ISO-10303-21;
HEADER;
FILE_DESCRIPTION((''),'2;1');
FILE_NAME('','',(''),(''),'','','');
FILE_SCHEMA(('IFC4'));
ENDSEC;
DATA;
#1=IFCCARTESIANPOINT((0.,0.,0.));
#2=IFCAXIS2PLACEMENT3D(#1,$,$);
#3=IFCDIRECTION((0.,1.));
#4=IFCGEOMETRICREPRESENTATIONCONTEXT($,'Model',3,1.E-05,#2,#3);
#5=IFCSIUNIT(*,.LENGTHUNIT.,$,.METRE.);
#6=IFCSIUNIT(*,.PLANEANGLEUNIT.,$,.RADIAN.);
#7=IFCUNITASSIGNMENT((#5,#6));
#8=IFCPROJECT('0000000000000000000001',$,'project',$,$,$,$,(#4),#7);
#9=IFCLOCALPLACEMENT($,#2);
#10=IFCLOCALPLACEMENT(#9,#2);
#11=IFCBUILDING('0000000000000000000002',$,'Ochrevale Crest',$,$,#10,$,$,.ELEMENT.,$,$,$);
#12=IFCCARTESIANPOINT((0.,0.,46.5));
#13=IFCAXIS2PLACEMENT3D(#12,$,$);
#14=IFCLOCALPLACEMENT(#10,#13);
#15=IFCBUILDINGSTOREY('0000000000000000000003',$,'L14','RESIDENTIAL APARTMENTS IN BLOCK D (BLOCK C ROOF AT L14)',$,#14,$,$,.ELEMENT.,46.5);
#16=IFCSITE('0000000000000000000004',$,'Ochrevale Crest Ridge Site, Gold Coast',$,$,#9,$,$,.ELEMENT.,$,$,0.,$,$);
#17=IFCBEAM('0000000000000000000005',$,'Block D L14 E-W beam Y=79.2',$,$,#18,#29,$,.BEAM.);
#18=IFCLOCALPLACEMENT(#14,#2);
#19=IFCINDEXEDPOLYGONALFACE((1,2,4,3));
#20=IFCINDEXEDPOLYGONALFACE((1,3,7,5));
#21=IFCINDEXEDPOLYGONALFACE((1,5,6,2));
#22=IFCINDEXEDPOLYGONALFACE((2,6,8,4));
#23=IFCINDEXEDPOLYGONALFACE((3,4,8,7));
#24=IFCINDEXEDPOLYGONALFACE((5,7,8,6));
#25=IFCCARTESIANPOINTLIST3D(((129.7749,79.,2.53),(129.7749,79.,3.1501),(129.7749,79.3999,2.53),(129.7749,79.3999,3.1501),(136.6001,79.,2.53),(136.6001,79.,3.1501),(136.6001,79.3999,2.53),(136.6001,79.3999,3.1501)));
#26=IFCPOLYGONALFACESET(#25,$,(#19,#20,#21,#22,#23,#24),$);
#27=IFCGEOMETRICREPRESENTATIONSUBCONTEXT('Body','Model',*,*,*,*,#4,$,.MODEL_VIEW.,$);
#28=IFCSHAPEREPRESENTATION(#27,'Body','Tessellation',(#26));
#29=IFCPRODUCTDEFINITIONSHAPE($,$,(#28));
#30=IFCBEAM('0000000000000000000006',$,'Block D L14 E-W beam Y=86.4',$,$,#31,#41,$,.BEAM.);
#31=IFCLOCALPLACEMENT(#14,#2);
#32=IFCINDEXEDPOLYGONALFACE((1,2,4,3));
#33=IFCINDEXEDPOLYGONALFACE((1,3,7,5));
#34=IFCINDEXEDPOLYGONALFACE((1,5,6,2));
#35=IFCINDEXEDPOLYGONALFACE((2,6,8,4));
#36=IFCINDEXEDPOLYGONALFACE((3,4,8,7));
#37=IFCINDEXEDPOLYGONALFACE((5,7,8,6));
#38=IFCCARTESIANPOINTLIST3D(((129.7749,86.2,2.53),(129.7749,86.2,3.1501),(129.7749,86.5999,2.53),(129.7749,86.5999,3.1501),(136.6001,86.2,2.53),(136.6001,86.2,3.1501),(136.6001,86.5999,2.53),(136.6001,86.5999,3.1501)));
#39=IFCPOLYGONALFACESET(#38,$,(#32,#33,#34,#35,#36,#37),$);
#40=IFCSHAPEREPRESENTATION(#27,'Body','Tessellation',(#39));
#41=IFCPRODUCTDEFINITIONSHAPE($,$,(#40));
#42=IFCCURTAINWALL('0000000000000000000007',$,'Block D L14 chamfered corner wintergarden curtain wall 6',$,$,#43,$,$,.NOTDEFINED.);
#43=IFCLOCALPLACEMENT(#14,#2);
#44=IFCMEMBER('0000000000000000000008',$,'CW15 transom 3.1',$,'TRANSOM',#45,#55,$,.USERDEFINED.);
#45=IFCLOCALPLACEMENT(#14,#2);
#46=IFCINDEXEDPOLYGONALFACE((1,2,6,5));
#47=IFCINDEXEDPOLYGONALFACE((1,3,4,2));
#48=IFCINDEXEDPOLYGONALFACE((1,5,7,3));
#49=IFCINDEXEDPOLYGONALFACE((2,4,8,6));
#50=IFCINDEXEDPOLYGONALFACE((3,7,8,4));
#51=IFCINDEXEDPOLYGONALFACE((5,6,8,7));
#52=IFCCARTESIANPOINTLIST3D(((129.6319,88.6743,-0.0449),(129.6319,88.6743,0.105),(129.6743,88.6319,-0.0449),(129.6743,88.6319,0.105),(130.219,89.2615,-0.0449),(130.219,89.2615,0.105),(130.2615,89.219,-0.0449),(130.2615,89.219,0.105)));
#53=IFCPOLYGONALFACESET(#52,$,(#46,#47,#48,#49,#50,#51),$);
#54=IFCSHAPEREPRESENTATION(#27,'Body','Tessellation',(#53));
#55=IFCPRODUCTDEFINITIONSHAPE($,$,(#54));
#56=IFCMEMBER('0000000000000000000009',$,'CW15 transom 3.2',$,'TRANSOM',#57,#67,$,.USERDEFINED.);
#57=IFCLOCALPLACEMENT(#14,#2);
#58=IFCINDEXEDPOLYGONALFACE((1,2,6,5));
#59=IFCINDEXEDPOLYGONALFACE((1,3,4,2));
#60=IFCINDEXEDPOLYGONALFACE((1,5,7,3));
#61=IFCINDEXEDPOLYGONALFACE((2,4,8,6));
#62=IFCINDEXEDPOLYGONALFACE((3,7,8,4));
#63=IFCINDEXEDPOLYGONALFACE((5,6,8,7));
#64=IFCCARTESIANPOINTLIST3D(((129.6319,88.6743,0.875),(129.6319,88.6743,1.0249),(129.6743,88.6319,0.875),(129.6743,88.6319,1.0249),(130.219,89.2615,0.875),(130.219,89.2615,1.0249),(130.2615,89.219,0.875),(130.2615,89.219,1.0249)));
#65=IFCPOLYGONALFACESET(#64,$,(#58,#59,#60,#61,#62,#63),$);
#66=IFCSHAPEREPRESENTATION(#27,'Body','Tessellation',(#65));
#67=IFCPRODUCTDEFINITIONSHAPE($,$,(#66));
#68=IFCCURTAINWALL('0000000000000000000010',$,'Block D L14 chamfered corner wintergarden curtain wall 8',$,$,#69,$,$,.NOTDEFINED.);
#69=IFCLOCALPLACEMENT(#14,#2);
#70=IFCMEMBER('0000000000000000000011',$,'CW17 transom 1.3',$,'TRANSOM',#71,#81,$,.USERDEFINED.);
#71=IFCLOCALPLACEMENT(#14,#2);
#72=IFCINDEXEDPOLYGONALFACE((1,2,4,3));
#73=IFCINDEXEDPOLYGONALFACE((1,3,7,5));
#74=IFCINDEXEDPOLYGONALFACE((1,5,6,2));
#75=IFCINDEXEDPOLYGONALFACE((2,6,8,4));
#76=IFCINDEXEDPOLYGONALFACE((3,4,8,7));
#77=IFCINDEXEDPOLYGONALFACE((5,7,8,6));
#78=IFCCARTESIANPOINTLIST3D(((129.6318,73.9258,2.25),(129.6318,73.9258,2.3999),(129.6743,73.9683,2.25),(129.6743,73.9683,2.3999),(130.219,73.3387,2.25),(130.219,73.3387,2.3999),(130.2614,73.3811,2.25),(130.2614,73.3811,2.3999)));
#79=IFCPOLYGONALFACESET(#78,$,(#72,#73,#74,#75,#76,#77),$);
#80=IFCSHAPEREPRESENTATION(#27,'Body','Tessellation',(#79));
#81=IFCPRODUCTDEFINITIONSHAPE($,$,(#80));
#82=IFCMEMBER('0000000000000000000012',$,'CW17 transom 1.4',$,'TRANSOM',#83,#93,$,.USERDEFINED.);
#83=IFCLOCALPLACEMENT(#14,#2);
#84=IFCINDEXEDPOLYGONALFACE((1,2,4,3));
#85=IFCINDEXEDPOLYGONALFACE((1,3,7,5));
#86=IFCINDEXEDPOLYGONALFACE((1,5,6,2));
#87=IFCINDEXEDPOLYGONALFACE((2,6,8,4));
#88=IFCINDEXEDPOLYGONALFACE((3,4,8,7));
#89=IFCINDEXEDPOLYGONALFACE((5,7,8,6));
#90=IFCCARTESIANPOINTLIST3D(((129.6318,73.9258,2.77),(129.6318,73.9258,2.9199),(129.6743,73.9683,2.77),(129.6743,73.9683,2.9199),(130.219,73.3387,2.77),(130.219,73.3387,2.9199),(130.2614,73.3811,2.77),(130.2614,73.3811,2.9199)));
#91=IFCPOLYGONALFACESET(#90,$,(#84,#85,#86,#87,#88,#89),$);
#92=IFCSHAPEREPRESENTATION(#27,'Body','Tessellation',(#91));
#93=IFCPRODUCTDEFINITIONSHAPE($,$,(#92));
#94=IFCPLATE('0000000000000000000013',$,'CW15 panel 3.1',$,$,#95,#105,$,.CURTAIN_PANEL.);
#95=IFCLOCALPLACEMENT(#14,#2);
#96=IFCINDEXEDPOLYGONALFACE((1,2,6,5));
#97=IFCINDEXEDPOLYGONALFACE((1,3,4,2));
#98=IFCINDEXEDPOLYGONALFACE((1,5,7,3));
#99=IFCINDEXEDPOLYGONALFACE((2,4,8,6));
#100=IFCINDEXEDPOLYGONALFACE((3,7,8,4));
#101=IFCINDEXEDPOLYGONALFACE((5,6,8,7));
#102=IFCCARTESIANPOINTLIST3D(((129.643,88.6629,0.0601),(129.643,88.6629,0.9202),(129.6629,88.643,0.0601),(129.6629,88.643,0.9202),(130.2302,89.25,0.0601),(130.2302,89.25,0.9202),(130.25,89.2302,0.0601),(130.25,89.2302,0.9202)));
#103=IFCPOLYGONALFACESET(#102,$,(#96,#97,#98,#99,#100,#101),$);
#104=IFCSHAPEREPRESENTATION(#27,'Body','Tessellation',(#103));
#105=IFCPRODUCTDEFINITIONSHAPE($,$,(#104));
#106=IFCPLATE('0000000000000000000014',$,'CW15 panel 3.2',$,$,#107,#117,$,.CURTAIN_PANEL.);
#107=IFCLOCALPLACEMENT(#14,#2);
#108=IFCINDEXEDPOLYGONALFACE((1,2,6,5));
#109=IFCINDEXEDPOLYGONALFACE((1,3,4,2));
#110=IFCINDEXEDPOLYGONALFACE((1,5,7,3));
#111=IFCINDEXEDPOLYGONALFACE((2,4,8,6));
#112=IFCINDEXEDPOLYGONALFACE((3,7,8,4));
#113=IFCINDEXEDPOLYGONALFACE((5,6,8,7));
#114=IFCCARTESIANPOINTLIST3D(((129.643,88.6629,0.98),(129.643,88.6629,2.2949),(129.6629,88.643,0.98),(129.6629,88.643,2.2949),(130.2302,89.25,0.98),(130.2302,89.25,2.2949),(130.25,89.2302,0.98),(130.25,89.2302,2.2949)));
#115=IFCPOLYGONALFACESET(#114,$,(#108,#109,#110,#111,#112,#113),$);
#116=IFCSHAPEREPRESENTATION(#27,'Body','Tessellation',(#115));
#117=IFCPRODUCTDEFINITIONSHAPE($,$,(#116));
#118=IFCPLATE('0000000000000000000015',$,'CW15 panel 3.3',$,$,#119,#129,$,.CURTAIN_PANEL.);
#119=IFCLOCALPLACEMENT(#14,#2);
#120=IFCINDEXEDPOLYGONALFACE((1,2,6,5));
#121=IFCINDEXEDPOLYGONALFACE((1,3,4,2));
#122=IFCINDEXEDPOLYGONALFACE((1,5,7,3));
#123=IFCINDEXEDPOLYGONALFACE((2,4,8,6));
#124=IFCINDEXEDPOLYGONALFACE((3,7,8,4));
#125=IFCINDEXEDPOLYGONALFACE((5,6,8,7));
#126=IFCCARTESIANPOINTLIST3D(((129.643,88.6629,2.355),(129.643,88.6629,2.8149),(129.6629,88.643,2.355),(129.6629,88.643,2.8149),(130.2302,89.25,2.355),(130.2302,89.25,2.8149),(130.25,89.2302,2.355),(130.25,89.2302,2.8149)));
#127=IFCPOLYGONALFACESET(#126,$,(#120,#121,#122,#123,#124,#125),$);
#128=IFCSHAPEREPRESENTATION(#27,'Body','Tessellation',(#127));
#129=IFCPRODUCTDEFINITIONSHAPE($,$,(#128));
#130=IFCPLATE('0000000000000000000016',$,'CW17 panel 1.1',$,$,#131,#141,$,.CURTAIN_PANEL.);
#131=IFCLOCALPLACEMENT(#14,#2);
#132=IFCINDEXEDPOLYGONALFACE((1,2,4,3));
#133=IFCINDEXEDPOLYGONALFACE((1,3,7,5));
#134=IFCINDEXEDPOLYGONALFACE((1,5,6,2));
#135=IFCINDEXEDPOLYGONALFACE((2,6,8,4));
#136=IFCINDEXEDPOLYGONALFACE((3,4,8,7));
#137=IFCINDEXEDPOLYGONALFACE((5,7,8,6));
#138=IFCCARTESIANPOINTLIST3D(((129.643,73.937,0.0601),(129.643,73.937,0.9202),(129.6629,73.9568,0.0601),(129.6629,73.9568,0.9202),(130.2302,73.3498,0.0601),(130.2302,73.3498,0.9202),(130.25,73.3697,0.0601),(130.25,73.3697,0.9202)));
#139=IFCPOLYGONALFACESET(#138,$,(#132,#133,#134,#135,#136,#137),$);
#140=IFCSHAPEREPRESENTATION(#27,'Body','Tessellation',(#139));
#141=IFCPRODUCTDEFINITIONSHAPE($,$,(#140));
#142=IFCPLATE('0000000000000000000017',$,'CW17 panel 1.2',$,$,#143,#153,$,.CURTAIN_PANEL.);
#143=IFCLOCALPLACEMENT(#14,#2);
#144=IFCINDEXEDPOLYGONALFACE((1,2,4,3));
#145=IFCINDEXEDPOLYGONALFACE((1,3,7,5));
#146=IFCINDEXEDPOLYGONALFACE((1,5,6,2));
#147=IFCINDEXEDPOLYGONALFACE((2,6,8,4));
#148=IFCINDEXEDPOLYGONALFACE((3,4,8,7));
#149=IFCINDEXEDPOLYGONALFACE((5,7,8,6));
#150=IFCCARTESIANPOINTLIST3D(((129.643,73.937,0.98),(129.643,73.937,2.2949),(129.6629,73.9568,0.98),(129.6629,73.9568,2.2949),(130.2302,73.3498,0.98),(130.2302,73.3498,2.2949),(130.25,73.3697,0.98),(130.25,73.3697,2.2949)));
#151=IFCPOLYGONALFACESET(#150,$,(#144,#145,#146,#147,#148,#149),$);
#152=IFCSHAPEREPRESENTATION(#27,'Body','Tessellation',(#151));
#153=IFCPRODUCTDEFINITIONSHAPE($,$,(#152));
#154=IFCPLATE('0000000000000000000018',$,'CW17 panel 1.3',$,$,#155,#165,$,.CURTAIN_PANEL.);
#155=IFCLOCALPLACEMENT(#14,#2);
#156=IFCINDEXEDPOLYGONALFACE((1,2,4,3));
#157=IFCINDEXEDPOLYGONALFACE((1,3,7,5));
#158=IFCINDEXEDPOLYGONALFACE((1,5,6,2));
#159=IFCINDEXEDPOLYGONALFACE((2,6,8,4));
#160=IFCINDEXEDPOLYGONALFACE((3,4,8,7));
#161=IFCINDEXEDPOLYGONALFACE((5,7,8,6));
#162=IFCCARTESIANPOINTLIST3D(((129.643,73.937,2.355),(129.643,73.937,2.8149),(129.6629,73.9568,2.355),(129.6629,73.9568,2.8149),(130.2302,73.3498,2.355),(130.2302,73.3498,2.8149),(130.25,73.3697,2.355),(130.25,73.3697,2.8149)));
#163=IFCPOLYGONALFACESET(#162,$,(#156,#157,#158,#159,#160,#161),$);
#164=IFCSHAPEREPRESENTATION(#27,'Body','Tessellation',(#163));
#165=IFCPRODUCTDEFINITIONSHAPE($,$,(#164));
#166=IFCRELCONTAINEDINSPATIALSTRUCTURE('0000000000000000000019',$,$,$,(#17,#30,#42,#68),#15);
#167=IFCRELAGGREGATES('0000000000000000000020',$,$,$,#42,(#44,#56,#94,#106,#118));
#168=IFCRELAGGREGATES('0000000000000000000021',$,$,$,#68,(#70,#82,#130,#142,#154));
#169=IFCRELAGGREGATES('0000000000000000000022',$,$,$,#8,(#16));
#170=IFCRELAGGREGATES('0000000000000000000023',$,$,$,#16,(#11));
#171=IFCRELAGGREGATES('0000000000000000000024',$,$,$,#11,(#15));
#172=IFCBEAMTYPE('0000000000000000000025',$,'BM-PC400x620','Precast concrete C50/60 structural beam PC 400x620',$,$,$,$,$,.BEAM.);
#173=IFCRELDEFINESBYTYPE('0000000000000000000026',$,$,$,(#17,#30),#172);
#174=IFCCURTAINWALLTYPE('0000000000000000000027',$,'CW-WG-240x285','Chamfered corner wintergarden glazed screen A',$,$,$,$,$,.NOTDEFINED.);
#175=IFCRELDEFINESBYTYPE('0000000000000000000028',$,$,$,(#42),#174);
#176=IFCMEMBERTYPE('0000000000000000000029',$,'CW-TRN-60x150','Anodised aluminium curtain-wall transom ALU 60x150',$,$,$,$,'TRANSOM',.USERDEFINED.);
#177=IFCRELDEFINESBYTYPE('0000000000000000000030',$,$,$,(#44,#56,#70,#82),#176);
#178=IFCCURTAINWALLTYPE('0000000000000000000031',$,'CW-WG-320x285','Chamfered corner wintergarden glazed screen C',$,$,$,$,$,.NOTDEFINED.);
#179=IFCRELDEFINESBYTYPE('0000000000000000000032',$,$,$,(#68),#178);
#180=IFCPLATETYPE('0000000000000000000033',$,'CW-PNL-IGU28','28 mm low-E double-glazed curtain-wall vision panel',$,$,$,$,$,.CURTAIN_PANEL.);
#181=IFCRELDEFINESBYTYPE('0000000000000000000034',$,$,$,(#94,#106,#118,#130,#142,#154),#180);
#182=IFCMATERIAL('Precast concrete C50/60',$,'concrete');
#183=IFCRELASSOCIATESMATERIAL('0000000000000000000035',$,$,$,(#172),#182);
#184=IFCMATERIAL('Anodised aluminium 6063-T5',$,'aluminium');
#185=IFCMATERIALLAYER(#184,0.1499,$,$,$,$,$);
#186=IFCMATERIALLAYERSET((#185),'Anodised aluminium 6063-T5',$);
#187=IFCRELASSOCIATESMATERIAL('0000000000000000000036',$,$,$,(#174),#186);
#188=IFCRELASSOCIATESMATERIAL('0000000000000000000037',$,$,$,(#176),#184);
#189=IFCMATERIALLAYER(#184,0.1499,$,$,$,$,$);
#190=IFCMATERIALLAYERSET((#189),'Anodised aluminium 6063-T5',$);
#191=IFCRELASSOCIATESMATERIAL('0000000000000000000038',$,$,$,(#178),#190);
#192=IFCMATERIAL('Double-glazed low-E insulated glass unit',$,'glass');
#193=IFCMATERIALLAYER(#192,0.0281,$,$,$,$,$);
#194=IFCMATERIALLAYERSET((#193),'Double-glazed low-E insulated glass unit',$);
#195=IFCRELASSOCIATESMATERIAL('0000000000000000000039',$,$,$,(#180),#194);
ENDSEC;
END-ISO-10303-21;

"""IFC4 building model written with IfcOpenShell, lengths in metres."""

from ifc_helpers import new_model, si_unit, direction, frame, origin, origin_2d, place, context, subcontext, project, spatial, rectangle, extrude, material, layer, layer_set, material_profile, profile_set, type_object, element, aggregate, save


model = new_model("IFC4")

# Units and contexts
model_context = context("Model", 3, precision=1e-05, world=origin(), true_north=direction((0.0, 1.0)))
body_context = subcontext(model_context, "Body", "Model", "MODEL_VIEW")
ifc_project = project(units=[si_unit("LENGTHUNIT", "METRE"), si_unit("PLANEANGLEUNIT", "RADIAN")], contexts=[model_context])

# Site, building, storey
site_placement = place(None, origin())
site = spatial("IfcSite", under=ifc_project, at=site_placement, Name="Ochrevale Crest Ridge Site, Gold Coast", CompositionType="ELEMENT", RefElevation=0.0)
building_placement = place(site_placement, origin())
building = spatial("IfcBuilding", under=site, at=building_placement, Name="Ochrevale Crest", CompositionType="ELEMENT")
storey_placement = place(building_placement, frame((0.0, 0.0, 46.5)))
storey = spatial("IfcBuildingStorey", under=building, at=storey_placement, Name="L14", Description="RESIDENTIAL APARTMENTS IN BLOCK D (BLOCK C ROOF AT L14)", CompositionType="ELEMENT", Elevation=46.5)

# Beams
ifc_material_1 = material(Name="Precast concrete C50/60", Category="concrete")
ifc_material_profile_1 = material_profile(ifc_material_1, rectangle(XDim=0.3999, YDim=0.6201, at=origin_2d()), Name="PC 400x620")
ifc_profile_set_1 = profile_set([ifc_material_profile_1], Name="Precast concrete C50/60")
beam_type = type_object("IfcBeamType", Name="BM-PC400x620", Description="Precast concrete C50/60 structural beam PC 400x620", PredefinedType="BEAM", material=ifc_profile_set_1)
for number, where, z_axis, x_axis, name in (
    (1, (129.7749, 79.2, 2.8401), (1.0, 0.0, 0.0), (0.0, 1.0, 0.0), "Block D L14 E-W beam Y=79.2"),
    (2, (129.7749, 86.3999, 2.8401), (1.0, 0.0, 0.0), (0.0, 1.0, 0.0), "Block D L14 E-W beam Y=86.4"),
):
    element("IfcBeam", number, at=place(storey_placement, frame(where, z_axis=z_axis, x_axis=x_axis)), inside=storey, type_object=beam_type, Name=name, PredefinedType="BEAM", context=body_context, shape_type="SweptSolid", body=[
        extrude(rectangle(XDim=0.3999, YDim=0.6201, at=origin_2d()), origin(), (0.0, 0.0, 1.0), 6.8252),
    ])

# Curtain walls, members
ifc_material_2 = material(Name="Anodised aluminium 6063-T5", Category="aluminium")
ifc_layer_1 = layer(ifc_material_2, 0.1499)
ifc_layer_set_1 = layer_set([ifc_layer_1], Name="Anodised aluminium 6063-T5")
curtain_wall_type_1 = type_object("IfcCurtainWallType", Name="CW-WG-240x285", Description="Chamfered corner wintergarden glazed screen A", PredefinedType="NOTDEFINED", material=ifc_layer_set_1)
curtain_wall_1_placement = place(storey_placement, origin())
curtain_wall_1 = element("IfcCurtainWall", 3, at=curtain_wall_1_placement, inside=storey, type_object=curtain_wall_type_1, Name="Block D L14 chamfered corner wintergarden curtain wall 6", PredefinedType="NOTDEFINED")
ifc_material_profile_2 = material_profile(ifc_material_2, rectangle(XDim=0.0601, YDim=0.1499, at=origin_2d()), Name="ALU 60x150")
ifc_profile_set_2 = profile_set([ifc_material_profile_2], Name="Anodised aluminium 6063-T5")
member_type = type_object("IfcMemberType", Name="CW-TRN-60x150", Description="Anodised aluminium curtain-wall transom ALU 60x150", ElementType="TRANSOM", PredefinedType="USERDEFINED", material=ifc_profile_set_2)
member_1_placement = place(storey_placement, frame((130.2402, 89.2402, 0.03), z_axis=(-0.707107, -0.707107, 0.0), x_axis=(0.707107, -0.707107, 0.0)))
member_1 = element("IfcMember", 4, at=member_1_placement, type_object=member_type, Name="CW15 transom 3.1", ObjectType="TRANSOM", PredefinedType="USERDEFINED", context=body_context, shape_type="SweptSolid", body=[
    extrude(rectangle(XDim=0.0601, YDim=0.1499, at=origin_2d()), origin(), (0.0, 0.0, 1.0), 0.8303),
])
member_2_placement = place(storey_placement, frame((130.2402, 89.2402, 0.95), z_axis=(-0.707107, -0.707107, 0.0), x_axis=(0.707107, -0.707107, 0.0)))
member_2 = element("IfcMember", 5, at=member_2_placement, type_object=member_type, Name="CW15 transom 3.2", ObjectType="TRANSOM", PredefinedType="USERDEFINED", context=body_context, shape_type="SweptSolid", body=[
    extrude(rectangle(XDim=0.0601, YDim=0.1499, at=origin_2d()), origin(), (0.0, 0.0, 1.0), 0.8303),
])
ifc_layer_2 = layer(ifc_material_2, 0.1499)
ifc_layer_set_2 = layer_set([ifc_layer_2], Name="Anodised aluminium 6063-T5")
curtain_wall_type_2 = type_object("IfcCurtainWallType", Name="CW-WG-320x285", Description="Chamfered corner wintergarden glazed screen C", PredefinedType="NOTDEFINED", material=ifc_layer_set_2)
curtain_wall_2_placement = place(storey_placement, origin())
curtain_wall_2 = element("IfcCurtainWall", 6, at=curtain_wall_2_placement, inside=storey, type_object=curtain_wall_type_2, Name="Block D L14 chamfered corner wintergarden curtain wall 8", PredefinedType="NOTDEFINED")
member_3_placement = place(storey_placement, frame((129.6531, 73.947, 2.325), z_axis=(0.707107, -0.707107, 0.0), x_axis=(0.707107, 0.707107, 0.0)))
member_3 = element("IfcMember", 7, at=member_3_placement, type_object=member_type, Name="CW17 transom 1.3", ObjectType="TRANSOM", PredefinedType="USERDEFINED", context=body_context, shape_type="SweptSolid", body=[
    extrude(rectangle(XDim=0.0601, YDim=0.1499, at=origin_2d()), origin(), (0.0, 0.0, 1.0), 0.8303),
])
member_4_placement = place(storey_placement, frame((129.6531, 73.947, 2.845), z_axis=(0.707107, -0.707107, 0.0), x_axis=(0.707107, 0.707107, 0.0)))
member_4 = element("IfcMember", 8, at=member_4_placement, type_object=member_type, Name="CW17 transom 1.4", ObjectType="TRANSOM", PredefinedType="USERDEFINED", context=body_context, shape_type="SweptSolid", body=[
    extrude(rectangle(XDim=0.0601, YDim=0.1499, at=origin_2d()), origin(), (0.0, 0.0, 1.0), 0.8303),
])

# Plates
ifc_material_3 = material(Name="Double-glazed low-E insulated glass unit", Category="glass")
ifc_layer_3 = layer(ifc_material_3, 0.0281)
ifc_layer_set_3 = layer_set([ifc_layer_3], Name="Double-glazed low-E insulated glass unit")
plate_type = type_object("IfcPlateType", Name="CW-PNL-IGU28", Description="28 mm low-E double-glazed curtain-wall vision panel", PredefinedType="CURTAIN_PANEL", material=ifc_layer_set_3)
plate_1_placement = place(storey_placement, frame((129.9465, 88.9465, 0.0601), z_axis=(0.0, 0.0, 1.0), x_axis=(-0.707107, -0.707107, 0.0)))
plate_1 = element("IfcPlate", 9, at=plate_1_placement, type_object=plate_type, Name="CW15 panel 3.1", PredefinedType="CURTAIN_PANEL", context=body_context, shape_type="SweptSolid", body=[
    extrude(rectangle(XDim=0.8303, YDim=0.0281, at=origin_2d()), origin(), (0.0, 0.0, 1.0), 0.8601),
])
plate_2_placement = place(storey_placement, frame((129.9465, 88.9465, 0.98), z_axis=(0.0, 0.0, 1.0), x_axis=(-0.707107, -0.707107, 0.0)))
plate_2 = element("IfcPlate", 10, at=plate_2_placement, type_object=plate_type, Name="CW15 panel 3.2", PredefinedType="CURTAIN_PANEL", context=body_context, shape_type="SweptSolid", body=[
    extrude(rectangle(XDim=0.8303, YDim=0.0281, at=origin_2d()), origin(), (0.0, 0.0, 1.0), 1.3149),
])
plate_3_placement = place(storey_placement, frame((129.9465, 88.9465, 2.355), z_axis=(0.0, 0.0, 1.0), x_axis=(-0.707107, -0.707107, 0.0)))
plate_3 = element("IfcPlate", 11, at=plate_3_placement, type_object=plate_type, Name="CW15 panel 3.3", PredefinedType="CURTAIN_PANEL", context=body_context, shape_type="SweptSolid", body=[
    extrude(rectangle(XDim=0.8303, YDim=0.0281, at=origin_2d()), origin(), (0.0, 0.0, 1.0), 0.46),
])
aggregate(curtain_wall_1, [member_1, member_2, plate_1, plate_2, plate_3])
plate_4_placement = place(storey_placement, frame((129.9465, 73.6533, 0.0601), z_axis=(0.0, 0.0, 1.0), x_axis=(0.707107, -0.707107, 0.0)))
plate_4 = element("IfcPlate", 12, at=plate_4_placement, type_object=plate_type, Name="CW17 panel 1.1", PredefinedType="CURTAIN_PANEL", context=body_context, shape_type="SweptSolid", body=[
    extrude(rectangle(XDim=0.8303, YDim=0.0281, at=origin_2d()), origin(), (0.0, 0.0, 1.0), 0.8601),
])
plate_5_placement = place(storey_placement, frame((129.9465, 73.6533, 0.98), z_axis=(0.0, 0.0, 1.0), x_axis=(0.707107, -0.707107, 0.0)))
plate_5 = element("IfcPlate", 13, at=plate_5_placement, type_object=plate_type, Name="CW17 panel 1.2", PredefinedType="CURTAIN_PANEL", context=body_context, shape_type="SweptSolid", body=[
    extrude(rectangle(XDim=0.8303, YDim=0.0281, at=origin_2d()), origin(), (0.0, 0.0, 1.0), 1.3149),
])
plate_6_placement = place(storey_placement, frame((129.9465, 73.6533, 2.355), z_axis=(0.0, 0.0, 1.0), x_axis=(0.707107, -0.707107, 0.0)))
plate_6 = element("IfcPlate", 14, at=plate_6_placement, type_object=plate_type, Name="CW17 panel 1.3", PredefinedType="CURTAIN_PANEL", context=body_context, shape_type="SweptSolid", body=[
    extrude(rectangle(XDim=0.8303, YDim=0.0281, at=origin_2d()), origin(), (0.0, 0.0, 1.0), 0.46),
])
aggregate(curtain_wall_2, [member_3, member_4, plate_4, plate_5, plate_6])

save(model, "model.ifc")
